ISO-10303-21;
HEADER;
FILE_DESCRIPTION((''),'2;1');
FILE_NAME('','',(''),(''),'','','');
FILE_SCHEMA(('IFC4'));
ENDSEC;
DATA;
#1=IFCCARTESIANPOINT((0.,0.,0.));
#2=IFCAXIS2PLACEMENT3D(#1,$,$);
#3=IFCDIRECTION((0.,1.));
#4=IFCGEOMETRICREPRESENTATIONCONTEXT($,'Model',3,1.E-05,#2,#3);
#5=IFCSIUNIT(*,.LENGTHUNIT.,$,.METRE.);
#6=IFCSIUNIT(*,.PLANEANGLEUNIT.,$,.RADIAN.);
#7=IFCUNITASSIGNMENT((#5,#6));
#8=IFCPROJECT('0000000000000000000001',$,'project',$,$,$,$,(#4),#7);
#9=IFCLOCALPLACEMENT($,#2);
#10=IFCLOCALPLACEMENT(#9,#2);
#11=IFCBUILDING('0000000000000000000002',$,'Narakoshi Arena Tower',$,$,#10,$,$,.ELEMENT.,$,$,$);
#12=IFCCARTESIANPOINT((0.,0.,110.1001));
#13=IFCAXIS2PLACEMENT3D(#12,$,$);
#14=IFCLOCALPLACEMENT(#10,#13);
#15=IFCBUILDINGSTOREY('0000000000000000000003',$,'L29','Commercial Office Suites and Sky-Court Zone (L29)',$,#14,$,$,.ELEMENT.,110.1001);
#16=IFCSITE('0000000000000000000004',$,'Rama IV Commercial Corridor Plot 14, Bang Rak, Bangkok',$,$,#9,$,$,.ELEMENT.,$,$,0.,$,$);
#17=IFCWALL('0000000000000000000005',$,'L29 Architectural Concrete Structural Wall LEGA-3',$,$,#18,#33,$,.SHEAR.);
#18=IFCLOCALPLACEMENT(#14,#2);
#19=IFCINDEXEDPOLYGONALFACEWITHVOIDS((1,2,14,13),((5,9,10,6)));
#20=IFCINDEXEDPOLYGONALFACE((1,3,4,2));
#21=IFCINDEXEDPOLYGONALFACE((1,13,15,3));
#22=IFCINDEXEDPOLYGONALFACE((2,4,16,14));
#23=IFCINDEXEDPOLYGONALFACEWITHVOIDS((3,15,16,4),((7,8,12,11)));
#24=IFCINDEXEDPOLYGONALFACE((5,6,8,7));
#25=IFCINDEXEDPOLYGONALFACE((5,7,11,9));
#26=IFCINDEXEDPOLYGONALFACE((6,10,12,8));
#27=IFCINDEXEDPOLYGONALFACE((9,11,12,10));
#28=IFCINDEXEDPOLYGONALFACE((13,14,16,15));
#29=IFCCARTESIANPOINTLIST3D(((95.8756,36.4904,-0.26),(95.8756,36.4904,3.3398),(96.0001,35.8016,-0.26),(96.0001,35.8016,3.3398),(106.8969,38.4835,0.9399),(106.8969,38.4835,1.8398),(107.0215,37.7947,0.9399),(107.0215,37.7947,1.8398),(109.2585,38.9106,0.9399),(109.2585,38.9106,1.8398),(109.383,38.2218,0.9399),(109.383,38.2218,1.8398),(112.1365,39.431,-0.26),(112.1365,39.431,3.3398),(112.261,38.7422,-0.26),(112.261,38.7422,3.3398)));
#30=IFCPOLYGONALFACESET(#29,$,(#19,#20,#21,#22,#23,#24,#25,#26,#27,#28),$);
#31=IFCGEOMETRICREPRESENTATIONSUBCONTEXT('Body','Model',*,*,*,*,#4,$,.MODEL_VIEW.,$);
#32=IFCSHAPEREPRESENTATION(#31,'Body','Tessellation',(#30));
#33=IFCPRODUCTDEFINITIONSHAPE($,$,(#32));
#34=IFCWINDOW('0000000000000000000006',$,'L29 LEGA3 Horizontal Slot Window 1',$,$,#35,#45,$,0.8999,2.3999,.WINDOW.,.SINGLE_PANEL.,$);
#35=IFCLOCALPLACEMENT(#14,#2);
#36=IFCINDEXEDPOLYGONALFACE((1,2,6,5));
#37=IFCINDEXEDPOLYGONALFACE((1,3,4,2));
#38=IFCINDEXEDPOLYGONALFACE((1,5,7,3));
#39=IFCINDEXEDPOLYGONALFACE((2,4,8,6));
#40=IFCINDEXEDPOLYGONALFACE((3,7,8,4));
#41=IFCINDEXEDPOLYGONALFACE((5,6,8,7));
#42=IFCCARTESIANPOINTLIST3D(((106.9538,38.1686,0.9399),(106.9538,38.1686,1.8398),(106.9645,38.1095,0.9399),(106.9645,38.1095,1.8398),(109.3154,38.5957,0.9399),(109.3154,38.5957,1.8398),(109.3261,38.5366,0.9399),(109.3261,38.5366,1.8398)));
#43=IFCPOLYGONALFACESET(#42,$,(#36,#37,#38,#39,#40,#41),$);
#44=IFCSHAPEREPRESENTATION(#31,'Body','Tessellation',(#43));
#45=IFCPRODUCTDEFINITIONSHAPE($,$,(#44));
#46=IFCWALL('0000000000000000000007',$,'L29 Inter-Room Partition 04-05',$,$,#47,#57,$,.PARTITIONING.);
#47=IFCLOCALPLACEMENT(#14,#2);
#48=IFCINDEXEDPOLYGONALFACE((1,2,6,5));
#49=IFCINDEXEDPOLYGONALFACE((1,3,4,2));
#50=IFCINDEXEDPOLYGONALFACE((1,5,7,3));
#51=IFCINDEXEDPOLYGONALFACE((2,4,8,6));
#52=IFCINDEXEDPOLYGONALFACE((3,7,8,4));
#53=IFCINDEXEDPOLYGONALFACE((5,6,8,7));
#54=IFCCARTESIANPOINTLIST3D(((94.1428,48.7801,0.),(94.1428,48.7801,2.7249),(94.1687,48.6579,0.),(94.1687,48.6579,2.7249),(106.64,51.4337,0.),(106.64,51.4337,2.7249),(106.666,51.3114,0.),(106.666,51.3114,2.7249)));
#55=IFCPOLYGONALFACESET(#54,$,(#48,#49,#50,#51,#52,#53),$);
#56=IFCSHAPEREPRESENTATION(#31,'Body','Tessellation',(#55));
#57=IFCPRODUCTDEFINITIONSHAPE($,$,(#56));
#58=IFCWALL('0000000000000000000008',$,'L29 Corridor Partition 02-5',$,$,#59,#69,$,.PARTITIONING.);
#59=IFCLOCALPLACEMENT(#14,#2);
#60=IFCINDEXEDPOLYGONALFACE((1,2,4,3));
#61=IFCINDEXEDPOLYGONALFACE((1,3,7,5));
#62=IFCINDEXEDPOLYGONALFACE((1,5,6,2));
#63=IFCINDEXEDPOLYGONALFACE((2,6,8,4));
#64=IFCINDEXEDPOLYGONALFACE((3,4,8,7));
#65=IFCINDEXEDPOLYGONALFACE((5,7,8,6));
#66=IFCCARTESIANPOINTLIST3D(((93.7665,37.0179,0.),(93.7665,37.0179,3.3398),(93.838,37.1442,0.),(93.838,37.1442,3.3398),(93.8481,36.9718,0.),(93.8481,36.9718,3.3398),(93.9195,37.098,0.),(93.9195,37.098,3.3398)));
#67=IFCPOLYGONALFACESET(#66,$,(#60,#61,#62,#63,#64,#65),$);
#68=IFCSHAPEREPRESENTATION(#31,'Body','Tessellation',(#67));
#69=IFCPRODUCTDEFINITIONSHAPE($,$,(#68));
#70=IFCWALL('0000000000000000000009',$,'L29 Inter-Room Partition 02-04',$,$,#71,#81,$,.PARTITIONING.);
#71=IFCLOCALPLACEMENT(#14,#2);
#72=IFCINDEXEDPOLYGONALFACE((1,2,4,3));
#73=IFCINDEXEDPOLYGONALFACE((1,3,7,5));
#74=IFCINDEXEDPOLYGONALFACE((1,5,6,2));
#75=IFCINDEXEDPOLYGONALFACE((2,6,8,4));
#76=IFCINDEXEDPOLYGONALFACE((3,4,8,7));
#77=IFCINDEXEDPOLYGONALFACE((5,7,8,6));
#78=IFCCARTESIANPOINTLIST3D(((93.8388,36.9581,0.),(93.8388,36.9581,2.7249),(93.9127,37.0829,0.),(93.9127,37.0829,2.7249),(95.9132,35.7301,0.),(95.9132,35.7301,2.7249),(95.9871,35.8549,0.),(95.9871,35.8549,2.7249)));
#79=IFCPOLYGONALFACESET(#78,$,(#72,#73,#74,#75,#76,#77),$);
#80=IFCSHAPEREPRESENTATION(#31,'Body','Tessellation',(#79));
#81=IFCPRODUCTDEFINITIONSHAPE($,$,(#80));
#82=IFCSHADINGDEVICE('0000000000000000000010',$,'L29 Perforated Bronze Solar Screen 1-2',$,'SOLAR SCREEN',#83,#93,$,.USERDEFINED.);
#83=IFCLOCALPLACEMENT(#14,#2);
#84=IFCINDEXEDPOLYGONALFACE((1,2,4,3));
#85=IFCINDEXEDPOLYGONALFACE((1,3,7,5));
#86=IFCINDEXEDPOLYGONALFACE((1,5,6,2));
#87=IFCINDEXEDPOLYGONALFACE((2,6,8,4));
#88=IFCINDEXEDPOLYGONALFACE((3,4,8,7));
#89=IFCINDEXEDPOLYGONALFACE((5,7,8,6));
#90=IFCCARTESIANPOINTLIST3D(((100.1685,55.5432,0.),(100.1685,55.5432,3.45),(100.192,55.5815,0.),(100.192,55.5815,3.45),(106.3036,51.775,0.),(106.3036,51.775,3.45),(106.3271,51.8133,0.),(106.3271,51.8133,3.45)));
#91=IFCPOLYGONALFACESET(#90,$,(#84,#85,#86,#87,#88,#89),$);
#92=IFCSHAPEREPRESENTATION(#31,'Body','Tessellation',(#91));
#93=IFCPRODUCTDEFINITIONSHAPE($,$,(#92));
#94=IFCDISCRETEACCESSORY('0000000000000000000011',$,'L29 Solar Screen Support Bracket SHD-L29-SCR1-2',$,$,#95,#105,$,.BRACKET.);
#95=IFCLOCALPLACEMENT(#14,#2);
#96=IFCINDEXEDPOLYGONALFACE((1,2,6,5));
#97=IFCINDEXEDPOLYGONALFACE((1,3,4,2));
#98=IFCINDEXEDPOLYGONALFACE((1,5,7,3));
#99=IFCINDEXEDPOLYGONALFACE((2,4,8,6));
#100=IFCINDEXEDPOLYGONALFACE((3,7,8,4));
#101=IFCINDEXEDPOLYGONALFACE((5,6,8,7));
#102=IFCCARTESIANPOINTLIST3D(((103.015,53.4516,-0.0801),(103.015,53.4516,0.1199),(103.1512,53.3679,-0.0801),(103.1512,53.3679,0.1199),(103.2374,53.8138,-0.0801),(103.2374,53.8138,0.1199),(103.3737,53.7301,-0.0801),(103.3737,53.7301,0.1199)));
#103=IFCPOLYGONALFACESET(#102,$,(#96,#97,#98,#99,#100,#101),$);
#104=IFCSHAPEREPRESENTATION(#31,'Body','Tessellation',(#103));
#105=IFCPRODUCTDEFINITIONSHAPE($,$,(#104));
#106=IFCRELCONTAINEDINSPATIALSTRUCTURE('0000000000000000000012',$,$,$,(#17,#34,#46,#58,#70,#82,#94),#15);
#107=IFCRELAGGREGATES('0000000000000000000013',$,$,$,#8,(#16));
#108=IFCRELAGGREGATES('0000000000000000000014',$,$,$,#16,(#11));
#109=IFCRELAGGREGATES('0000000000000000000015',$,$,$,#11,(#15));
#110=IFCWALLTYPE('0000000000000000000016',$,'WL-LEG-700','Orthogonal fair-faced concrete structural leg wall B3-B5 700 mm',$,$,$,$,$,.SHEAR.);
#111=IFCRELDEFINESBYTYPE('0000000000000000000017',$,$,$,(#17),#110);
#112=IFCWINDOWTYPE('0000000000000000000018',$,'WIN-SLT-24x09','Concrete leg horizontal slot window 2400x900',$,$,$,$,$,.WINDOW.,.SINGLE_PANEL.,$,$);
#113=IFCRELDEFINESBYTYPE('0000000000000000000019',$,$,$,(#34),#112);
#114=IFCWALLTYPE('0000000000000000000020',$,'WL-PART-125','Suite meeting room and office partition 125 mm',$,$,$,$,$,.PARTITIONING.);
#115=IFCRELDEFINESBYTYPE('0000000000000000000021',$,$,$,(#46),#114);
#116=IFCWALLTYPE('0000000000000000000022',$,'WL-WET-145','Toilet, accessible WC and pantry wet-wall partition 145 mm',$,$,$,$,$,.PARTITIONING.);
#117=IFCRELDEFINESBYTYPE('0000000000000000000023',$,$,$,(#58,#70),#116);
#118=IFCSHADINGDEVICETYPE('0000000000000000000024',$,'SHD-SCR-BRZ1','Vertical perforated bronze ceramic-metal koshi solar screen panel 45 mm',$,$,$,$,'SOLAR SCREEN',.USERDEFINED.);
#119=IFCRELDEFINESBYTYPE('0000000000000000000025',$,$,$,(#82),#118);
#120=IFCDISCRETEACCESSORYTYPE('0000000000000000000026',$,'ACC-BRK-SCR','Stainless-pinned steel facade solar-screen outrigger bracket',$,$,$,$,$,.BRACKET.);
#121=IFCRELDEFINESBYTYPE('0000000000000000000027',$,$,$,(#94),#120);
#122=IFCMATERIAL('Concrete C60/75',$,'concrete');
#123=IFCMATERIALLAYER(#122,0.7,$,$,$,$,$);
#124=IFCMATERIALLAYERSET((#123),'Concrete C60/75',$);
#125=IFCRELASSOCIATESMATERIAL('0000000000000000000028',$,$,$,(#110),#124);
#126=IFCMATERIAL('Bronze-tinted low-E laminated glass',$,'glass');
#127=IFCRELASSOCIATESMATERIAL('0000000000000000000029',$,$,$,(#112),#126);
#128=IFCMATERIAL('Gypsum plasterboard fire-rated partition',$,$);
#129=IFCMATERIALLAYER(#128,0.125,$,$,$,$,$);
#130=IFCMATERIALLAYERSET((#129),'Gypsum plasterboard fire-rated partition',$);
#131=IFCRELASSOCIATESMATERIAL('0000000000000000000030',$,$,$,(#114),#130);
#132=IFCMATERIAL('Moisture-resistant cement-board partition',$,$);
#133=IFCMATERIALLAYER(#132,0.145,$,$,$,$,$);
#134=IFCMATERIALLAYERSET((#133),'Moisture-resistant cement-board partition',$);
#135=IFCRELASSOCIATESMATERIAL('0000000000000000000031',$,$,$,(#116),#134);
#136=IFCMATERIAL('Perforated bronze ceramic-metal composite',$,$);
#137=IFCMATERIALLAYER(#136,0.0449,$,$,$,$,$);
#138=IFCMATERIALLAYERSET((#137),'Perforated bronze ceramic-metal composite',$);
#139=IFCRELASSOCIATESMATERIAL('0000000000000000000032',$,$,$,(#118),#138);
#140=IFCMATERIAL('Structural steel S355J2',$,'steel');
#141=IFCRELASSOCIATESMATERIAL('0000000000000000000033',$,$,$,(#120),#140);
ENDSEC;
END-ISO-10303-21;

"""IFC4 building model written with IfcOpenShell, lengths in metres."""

from ifc_helpers import new_model, si_unit, direction, frame, frame_2d, origin, origin_2d, place, context, subcontext, project, spatial, rectangle, extrude, material, layer, layer_set, type_object, element, fill, save


model = new_model("IFC4")

# Units and contexts
model_context = context("Model", 3, precision=1e-05, world=origin(), true_north=direction((0.0, 1.0)))
body_context = subcontext(model_context, "Body", "Model", "MODEL_VIEW")
ifc_project = project(units=[si_unit("LENGTHUNIT", "METRE"), si_unit("PLANEANGLEUNIT", "RADIAN")], contexts=[model_context])

# Site, building, storey
site_placement = place(None, origin())
site = spatial("IfcSite", under=ifc_project, at=site_placement, Name="Rama IV Commercial Corridor Plot 14, Bang Rak, Bangkok", CompositionType="ELEMENT", RefElevation=0.0)
building_placement = place(site_placement, origin())
building = spatial("IfcBuilding", under=site, at=building_placement, Name="Narakoshi Arena Tower", CompositionType="ELEMENT")
storey_placement = place(building_placement, frame((0.0, 0.0, 110.1001)))
storey = spatial("IfcBuildingStorey", under=building, at=storey_placement, Name="L29", Description="Commercial Office Suites and Sky-Court Zone (L29)", CompositionType="ELEMENT", Elevation=110.1001)

# Shared definitions
ifc_material_1 = material(Name="Concrete C60/75", Category="concrete")

# Shared definitions
ifc_material_2 = material(Name="Structural steel S355J2", Category="steel")

# Shared definitions
ifc_material_3 = material(Name="Bronze-tinted low-E laminated glass", Category="glass")

# Shared definitions
ifc_material_4 = material(Name="Gypsum plasterboard fire-rated partition")

# Wall, opening, window
ifc_layer_1 = layer(ifc_material_1, 0.7)
ifc_layer_set_1 = layer_set([ifc_layer_1], Name="Concrete C60/75")
wall_type_1 = type_object("IfcWallType", Name="WL-LEG-700", Description="Orthogonal fair-faced concrete structural leg wall B3-B5 700 mm", PredefinedType="SHEAR", material=ifc_layer_set_1)
wall_1_placement = place(storey_placement, frame((95.938, 36.146, -0.26), z_axis=(0.0, 0.0, 1.0), x_axis=(0.984038, 0.177956, 0.0)))
wall_1 = element("IfcWall", 1, at=wall_1_placement, inside=storey, type_object=wall_type_1, Name="L29 Architectural Concrete Structural Wall LEGA-3", PredefinedType="SHEAR", context=body_context, shape_type="SweptSolid", body=[
    extrude(rectangle(XDim=16.5247, YDim=0.7, at=frame_2d((8.2622, 0.0))), origin(), (0.0, 0.0, 1.0), 3.5999),
])
opening_1_placement = place(wall_1_placement, frame((11.2, 0.0, 1.2)))
opening_1 = element("IfcOpeningElement", 2, at=opening_1_placement, cuts=wall_1, PredefinedType="OPENING", context=body_context, shape_type="SweptSolid", body=[
    extrude(rectangle(XDim=2.3999, YDim=0.8999, at=frame_2d((1.2, 0.45))), frame((0.0, 0.3599, 0.0), z_axis=(0.0, -1.0, 0.0), x_axis=(1.0, 0.0, 0.0)), (0.0, 0.0, 1.0), 0.72),
])
window_type = type_object("IfcWindowType", Name="WIN-SLT-24x09", Description="Concrete leg horizontal slot window 2400x900", PartitioningType="SINGLE_PANEL", PredefinedType="WINDOW", material=ifc_material_3)
window_placement = place(opening_1_placement, origin())
window = element("IfcWindow", 3, at=window_placement, inside=storey, type_object=window_type, Name="L29 LEGA3 Horizontal Slot Window 1", OverallHeight=0.8999, OverallWidth=2.3999, PartitioningType="SINGLE_PANEL", PredefinedType="WINDOW", context=body_context, shape_type="SweptSolid", body=[
    extrude(rectangle(XDim=2.3999, YDim=0.8999, at=frame_2d((1.2, 0.45))), frame((0.0, 0.03, 0.0), z_axis=(0.0, -1.0, 0.0), x_axis=(1.0, 0.0, 0.0)), (0.0, 0.0, 1.0), 0.0601),
])
fill(opening_1, window)

# Walls
ifc_layer_2 = layer(ifc_material_4, 0.125)
ifc_layer_set_2 = layer_set([ifc_layer_2], Name="Gypsum plasterboard fire-rated partition")
wall_type_2 = type_object("IfcWallType", Name="WL-PART-125", Description="Suite meeting room and office partition 125 mm", PredefinedType="PARTITIONING", material=ifc_layer_set_2)
wall_2_placement = place(storey_placement, frame((94.1558, 48.719, 0.0), z_axis=(0.0, 0.0, 1.0), x_axis=(0.978192, 0.2077, 0.0)))
element("IfcWall", 4, at=wall_2_placement, inside=storey, type_object=wall_type_2, Name="L29 Inter-Room Partition 04-05", PredefinedType="PARTITIONING", context=body_context, shape_type="SweptSolid", body=[
    extrude(rectangle(XDim=12.7759, YDim=0.125, at=frame_2d((6.3879, 0.0))), origin(), (0.0, 0.0, 1.0), 2.7249),
])
ifc_material_5 = material(Name="Moisture-resistant cement-board partition")
ifc_layer_3 = layer(ifc_material_5, 0.145)
ifc_layer_set_3 = layer_set([ifc_layer_3], Name="Moisture-resistant cement-board partition")
wall_type_3 = type_object("IfcWallType", Name="WL-WET-145", Description="Toilet, accessible WC and pantry wet-wall partition 145 mm", PredefinedType="PARTITIONING", material=ifc_layer_set_3)
wall_3_placement = place(storey_placement, frame((93.8022, 37.0811, 0.0), z_axis=(0.0, 0.0, 1.0), x_axis=(0.87032, -0.492487, 0.0)))
element("IfcWall", 5, at=wall_3_placement, inside=storey, type_object=wall_type_3, Name="L29 Corridor Partition 02-5", PredefinedType="PARTITIONING", context=body_context, shape_type="SweptSolid", body=[
    extrude(rectangle(XDim=0.0938, YDim=0.145, at=frame_2d((0.0469, 0.0))), origin(), (0.0, 0.0, 1.0), 3.3398),
])
wall_4_placement = place(storey_placement, frame((93.8757, 37.0205, 0.0), z_axis=(0.0, 0.0, 1.0), x_axis=(0.860525, -0.509408, 0.0)))
element("IfcWall", 6, at=wall_4_placement, inside=storey, type_object=wall_type_3, Name="L29 Inter-Room Partition 02-04", PredefinedType="PARTITIONING", context=body_context, shape_type="SweptSolid", body=[
    extrude(rectangle(XDim=2.4106, YDim=0.145, at=frame_2d((1.2053, 0.0))), origin(), (0.0, 0.0, 1.0), 2.7249),
])

# Shading device
ifc_material_6 = material(Name="Perforated bronze ceramic-metal composite")
ifc_layer_4 = layer(ifc_material_6, 0.0449)
ifc_layer_set_4 = layer_set([ifc_layer_4], Name="Perforated bronze ceramic-metal composite")
shading_device_type = type_object("IfcShadingDeviceType", Name="SHD-SCR-BRZ1", Description="Vertical perforated bronze ceramic-metal koshi solar screen panel 45 mm", ElementType="SOLAR SCREEN", PredefinedType="USERDEFINED", material=ifc_layer_set_4)
shading_device_placement = place(storey_placement, frame((103.2478, 53.6782, 0.0), z_axis=(0.0, 0.0, 1.0), x_axis=(-0.852111, 0.523361, 0.0)))
element("IfcShadingDevice", 7, at=shading_device_placement, inside=storey, type_object=shading_device_type, Name="L29 Perforated Bronze Solar Screen 1-2", ObjectType="SOLAR SCREEN", PredefinedType="USERDEFINED", context=body_context, shape_type="SweptSolid", body=[
    extrude(rectangle(XDim=7.2, YDim=0.0449, at=origin_2d()), origin(), (0.0, 0.0, 1.0), 3.45),
])

# Discrete accessory
discrete_accessory_type = type_object("IfcDiscreteAccessoryType", Name="ACC-BRK-SCR", Description="Stainless-pinned steel facade solar-screen outrigger bracket", PredefinedType="BRACKET", material=ifc_material_2)
discrete_accessory_placement = place(storey_placement, frame((103.1943, 53.5908, -0.0801), z_axis=(0.0, 0.0, 1.0), x_axis=(-0.852111, 0.523361, 0.0)))
element("IfcDiscreteAccessory", 8, at=discrete_accessory_placement, inside=storey, type_object=discrete_accessory_type, Name="L29 Solar Screen Support Bracket SHD-L29-SCR1-2", PredefinedType="BRACKET", context=body_context, shape_type="SweptSolid", body=[
    extrude(rectangle(XDim=0.1599, YDim=0.425, at=origin_2d()), origin(), (0.0, 0.0, 1.0), 0.2),
])

save(model, "model.ifc")
